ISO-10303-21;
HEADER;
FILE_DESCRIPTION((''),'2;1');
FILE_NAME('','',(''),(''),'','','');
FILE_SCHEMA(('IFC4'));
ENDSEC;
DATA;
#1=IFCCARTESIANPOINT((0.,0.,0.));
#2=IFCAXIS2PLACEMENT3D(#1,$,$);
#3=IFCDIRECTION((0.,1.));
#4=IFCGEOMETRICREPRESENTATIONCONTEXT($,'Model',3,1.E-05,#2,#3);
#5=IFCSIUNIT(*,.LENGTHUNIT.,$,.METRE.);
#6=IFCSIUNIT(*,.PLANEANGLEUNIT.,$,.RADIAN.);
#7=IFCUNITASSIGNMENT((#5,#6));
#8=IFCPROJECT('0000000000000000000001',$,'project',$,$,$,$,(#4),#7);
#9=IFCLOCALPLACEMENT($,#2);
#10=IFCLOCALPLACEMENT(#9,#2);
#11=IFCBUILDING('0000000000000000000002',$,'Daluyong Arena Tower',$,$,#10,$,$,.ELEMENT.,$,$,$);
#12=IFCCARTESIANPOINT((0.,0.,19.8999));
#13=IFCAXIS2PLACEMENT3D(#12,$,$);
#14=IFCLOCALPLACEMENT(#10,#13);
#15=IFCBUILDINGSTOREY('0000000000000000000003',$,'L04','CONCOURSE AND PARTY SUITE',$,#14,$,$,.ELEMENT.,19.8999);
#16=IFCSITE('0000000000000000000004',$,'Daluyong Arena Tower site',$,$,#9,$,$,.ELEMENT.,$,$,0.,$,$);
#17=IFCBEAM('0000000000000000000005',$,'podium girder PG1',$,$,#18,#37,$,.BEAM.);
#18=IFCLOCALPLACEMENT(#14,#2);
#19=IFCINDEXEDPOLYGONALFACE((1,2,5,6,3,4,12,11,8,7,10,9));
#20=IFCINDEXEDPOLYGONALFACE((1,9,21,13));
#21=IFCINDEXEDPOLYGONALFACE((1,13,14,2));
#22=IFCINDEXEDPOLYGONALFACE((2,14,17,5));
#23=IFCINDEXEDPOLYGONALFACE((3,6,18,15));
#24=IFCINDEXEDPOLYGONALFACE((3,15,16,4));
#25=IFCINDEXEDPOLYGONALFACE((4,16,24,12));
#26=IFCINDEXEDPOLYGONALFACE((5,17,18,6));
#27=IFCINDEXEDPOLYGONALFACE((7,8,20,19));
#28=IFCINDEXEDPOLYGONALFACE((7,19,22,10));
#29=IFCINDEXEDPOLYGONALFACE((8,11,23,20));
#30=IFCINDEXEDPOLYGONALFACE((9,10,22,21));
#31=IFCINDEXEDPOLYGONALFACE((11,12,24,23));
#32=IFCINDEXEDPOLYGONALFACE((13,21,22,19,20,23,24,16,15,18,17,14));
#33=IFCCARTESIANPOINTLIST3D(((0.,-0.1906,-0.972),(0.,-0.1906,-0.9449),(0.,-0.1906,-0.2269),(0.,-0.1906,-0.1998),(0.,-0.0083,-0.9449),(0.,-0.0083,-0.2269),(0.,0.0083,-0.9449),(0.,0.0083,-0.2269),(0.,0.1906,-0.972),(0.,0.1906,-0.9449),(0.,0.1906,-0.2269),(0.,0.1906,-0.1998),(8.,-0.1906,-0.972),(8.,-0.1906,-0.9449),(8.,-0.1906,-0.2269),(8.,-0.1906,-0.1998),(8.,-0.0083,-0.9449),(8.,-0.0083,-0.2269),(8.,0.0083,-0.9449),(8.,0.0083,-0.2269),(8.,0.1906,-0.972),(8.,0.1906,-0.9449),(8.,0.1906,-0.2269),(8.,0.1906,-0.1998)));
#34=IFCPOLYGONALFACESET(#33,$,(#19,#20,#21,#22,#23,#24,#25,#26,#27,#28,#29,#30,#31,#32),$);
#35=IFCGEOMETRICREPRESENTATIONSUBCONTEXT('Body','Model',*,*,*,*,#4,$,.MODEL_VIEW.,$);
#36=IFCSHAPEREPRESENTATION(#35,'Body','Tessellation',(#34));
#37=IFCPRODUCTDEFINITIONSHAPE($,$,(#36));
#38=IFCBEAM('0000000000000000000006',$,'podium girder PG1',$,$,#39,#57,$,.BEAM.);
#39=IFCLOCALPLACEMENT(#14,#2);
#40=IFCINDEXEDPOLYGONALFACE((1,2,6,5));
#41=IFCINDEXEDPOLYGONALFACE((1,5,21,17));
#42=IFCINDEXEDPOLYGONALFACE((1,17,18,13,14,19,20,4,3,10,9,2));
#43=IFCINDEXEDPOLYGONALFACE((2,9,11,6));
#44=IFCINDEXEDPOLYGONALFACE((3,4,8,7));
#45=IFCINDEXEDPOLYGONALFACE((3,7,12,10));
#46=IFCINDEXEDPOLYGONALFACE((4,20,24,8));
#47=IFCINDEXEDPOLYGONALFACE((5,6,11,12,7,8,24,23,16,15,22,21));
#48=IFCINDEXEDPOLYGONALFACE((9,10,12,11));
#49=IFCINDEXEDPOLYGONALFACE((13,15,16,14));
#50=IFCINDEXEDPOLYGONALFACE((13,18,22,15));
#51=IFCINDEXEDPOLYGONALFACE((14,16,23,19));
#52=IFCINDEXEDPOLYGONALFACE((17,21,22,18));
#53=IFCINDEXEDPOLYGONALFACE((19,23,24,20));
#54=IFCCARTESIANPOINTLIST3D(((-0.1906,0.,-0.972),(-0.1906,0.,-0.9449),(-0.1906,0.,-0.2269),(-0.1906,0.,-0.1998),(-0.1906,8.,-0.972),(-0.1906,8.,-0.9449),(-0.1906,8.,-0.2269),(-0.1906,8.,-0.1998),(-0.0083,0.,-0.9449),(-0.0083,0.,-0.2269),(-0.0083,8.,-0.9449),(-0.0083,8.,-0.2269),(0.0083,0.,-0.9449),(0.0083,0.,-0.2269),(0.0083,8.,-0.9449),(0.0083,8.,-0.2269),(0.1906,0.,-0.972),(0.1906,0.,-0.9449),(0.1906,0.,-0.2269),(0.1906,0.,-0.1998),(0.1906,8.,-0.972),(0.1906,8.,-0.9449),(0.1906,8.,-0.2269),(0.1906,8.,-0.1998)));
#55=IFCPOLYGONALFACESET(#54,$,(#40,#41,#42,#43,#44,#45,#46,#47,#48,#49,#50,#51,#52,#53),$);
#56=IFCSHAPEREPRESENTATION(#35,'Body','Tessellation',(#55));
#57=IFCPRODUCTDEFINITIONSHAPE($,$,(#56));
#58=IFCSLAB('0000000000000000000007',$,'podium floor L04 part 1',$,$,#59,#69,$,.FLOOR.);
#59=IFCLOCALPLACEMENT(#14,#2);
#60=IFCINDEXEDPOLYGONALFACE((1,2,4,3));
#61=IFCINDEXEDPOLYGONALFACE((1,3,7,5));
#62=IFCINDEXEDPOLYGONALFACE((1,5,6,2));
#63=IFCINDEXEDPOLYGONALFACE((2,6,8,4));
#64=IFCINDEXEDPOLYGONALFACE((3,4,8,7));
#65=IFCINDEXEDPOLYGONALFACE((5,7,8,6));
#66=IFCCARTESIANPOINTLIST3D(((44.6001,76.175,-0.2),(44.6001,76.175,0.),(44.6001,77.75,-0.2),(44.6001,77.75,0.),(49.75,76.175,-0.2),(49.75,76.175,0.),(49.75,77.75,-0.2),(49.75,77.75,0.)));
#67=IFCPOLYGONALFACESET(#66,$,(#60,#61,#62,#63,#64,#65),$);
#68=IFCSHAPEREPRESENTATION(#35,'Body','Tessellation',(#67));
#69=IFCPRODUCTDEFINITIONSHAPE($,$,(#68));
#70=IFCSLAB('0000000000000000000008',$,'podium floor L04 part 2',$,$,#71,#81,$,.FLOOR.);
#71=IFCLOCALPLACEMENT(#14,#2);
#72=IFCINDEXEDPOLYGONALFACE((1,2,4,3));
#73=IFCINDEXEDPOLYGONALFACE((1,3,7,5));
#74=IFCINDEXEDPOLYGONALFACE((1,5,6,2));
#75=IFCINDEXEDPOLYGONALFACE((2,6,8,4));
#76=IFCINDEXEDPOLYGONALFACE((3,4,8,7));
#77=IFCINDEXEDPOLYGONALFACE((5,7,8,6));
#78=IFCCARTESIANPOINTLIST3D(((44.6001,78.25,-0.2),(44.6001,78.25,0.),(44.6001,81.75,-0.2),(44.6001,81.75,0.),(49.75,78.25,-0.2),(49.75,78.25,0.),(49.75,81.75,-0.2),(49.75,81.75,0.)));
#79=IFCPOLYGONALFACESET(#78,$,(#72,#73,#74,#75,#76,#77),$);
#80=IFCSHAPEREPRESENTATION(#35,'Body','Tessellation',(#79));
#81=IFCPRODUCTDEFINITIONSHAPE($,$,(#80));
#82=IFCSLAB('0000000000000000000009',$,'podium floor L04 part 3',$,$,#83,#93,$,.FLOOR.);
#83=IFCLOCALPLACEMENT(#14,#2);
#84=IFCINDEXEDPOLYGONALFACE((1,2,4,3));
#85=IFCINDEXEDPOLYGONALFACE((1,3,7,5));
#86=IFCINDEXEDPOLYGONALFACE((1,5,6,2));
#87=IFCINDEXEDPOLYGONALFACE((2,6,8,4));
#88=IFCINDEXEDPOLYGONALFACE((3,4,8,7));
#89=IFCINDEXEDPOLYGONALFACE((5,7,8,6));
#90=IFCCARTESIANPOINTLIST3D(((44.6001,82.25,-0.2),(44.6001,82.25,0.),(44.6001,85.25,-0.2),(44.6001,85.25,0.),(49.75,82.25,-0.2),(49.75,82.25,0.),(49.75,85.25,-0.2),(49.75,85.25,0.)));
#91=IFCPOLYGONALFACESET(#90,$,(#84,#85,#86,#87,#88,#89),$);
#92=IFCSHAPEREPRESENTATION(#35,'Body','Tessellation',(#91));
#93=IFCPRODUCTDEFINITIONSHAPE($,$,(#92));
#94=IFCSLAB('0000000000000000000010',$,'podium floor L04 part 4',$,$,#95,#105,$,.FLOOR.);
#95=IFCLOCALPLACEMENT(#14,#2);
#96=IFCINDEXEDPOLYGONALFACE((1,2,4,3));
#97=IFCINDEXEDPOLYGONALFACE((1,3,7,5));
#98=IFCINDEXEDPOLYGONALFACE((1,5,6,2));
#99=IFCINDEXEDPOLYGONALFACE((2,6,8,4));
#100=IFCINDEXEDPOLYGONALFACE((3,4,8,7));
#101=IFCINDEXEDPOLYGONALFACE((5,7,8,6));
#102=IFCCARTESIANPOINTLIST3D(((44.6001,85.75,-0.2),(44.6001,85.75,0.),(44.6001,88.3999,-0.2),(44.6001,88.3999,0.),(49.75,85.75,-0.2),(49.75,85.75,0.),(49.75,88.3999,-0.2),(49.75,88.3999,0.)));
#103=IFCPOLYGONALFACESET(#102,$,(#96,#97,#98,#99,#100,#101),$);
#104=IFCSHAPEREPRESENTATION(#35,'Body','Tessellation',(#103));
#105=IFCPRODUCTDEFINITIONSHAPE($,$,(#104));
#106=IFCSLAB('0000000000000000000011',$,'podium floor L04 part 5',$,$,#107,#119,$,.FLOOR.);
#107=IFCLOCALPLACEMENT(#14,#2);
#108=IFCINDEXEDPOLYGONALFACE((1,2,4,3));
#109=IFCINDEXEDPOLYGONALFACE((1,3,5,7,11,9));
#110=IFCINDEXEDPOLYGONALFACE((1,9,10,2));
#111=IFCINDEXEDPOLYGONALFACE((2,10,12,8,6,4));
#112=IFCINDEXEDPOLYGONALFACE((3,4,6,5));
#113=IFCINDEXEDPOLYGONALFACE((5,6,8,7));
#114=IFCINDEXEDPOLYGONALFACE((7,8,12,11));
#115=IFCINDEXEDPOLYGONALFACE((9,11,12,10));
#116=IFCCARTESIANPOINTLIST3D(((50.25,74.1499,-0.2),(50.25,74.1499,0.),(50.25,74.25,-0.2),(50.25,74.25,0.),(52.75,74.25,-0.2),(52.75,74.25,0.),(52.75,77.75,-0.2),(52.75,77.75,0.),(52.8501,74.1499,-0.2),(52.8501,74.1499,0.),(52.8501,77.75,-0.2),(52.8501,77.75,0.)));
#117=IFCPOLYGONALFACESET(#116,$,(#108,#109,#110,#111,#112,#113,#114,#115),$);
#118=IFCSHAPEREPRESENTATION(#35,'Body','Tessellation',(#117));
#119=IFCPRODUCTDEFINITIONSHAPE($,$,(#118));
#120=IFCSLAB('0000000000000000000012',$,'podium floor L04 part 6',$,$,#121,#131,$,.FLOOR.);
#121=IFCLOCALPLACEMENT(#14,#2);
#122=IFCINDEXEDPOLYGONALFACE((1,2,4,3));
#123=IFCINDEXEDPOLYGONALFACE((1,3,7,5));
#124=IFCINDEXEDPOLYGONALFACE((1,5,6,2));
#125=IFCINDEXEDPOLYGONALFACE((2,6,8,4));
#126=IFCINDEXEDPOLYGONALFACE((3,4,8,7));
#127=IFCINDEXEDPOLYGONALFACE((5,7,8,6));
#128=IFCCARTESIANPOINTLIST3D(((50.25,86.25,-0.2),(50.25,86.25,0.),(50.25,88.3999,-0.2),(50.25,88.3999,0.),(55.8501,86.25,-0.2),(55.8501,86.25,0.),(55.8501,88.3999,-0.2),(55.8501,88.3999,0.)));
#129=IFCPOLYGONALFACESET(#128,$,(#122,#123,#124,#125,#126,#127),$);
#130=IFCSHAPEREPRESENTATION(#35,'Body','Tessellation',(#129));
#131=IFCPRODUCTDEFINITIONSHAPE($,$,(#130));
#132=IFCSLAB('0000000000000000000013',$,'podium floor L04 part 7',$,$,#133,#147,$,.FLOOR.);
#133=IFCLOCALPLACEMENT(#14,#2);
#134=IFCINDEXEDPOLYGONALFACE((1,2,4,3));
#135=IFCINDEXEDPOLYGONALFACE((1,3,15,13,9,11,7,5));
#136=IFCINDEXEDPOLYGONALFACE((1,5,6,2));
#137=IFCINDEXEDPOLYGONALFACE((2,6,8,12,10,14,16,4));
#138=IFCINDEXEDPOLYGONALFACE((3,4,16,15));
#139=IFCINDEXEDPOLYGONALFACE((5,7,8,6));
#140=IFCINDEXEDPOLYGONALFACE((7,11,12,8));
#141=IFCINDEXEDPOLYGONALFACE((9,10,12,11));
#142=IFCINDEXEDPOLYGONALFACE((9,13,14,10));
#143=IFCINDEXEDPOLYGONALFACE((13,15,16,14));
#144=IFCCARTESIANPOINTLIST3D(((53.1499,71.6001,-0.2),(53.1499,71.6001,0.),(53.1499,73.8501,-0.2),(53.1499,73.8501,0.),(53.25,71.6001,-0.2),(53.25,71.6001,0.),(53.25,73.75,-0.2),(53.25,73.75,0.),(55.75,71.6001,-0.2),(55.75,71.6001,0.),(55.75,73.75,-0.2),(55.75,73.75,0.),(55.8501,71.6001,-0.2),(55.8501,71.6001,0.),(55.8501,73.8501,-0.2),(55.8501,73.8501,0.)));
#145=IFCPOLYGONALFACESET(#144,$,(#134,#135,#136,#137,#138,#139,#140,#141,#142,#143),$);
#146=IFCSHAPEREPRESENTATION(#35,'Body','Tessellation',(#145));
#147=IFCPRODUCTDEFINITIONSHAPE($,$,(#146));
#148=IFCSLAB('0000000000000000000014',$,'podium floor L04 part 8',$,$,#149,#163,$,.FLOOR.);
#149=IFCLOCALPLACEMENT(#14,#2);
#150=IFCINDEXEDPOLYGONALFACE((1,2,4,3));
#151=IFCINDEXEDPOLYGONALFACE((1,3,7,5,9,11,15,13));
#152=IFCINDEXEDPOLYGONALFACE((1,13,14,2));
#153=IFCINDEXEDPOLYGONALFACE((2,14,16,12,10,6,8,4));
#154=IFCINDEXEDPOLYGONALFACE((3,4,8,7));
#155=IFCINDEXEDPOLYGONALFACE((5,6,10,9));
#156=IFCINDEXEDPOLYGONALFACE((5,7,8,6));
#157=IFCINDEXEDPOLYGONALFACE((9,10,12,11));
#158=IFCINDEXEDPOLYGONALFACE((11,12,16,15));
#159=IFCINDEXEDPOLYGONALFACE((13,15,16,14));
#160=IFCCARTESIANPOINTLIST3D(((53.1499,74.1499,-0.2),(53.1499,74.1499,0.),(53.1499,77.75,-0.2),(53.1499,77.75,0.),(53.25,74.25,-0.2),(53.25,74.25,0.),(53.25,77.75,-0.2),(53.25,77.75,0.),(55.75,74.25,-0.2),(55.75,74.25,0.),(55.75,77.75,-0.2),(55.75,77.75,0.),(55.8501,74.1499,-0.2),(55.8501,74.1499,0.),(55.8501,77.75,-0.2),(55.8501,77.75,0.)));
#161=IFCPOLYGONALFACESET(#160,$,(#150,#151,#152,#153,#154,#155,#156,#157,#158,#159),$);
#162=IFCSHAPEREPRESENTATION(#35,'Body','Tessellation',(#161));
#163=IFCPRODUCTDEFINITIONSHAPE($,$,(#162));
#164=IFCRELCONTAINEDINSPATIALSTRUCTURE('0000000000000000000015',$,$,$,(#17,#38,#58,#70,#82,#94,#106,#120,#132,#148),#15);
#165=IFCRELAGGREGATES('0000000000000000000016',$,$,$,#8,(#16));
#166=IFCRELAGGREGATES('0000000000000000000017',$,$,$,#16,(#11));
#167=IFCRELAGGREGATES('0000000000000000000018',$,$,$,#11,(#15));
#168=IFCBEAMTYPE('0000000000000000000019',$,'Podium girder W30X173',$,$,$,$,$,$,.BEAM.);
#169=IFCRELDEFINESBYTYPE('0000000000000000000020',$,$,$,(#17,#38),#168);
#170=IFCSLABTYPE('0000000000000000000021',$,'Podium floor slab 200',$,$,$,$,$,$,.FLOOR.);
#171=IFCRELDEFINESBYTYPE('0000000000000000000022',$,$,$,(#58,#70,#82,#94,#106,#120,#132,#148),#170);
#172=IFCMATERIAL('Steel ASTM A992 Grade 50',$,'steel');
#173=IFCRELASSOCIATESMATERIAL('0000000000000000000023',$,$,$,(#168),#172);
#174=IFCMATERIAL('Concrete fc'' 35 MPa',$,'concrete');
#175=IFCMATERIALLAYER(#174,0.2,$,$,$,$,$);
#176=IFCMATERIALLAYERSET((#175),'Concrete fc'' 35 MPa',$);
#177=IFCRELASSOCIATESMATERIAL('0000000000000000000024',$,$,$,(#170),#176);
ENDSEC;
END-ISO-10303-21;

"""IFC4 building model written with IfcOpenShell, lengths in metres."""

from ifc_helpers import new_model, si_unit, direction, frame, origin, origin_2d, place, context, subcontext, project, spatial, polyline, i_section, outline, extrude, material, layer, layer_set, material_profile, profile_set, type_object, element, save


model = new_model("IFC4")

# Units and contexts
model_context = context("Model", 3, precision=1e-05, world=origin(), true_north=direction((0.0, 1.0)))
body_context = subcontext(model_context, "Body", "Model", "MODEL_VIEW")
ifc_project = project(units=[si_unit("LENGTHUNIT", "METRE"), si_unit("PLANEANGLEUNIT", "RADIAN")], contexts=[model_context])

# Site, building, storey
site_placement = place(None, origin())
site = spatial("IfcSite", under=ifc_project, at=site_placement, Name="Daluyong Arena Tower site", CompositionType="ELEMENT", RefElevation=0.0)
building_placement = place(site_placement, origin())
building = spatial("IfcBuilding", under=site, at=building_placement, Name="Daluyong Arena Tower", CompositionType="ELEMENT")
storey_placement = place(building_placement, frame((0.0, 0.0, 19.8999)))
storey = spatial("IfcBuildingStorey", under=building, at=storey_placement, Name="L04", Description="CONCOURSE AND PARTY SUITE", CompositionType="ELEMENT", Elevation=19.8999)

# Beams
ifc_material_1 = material(Name="Steel ASTM A992 Grade 50", Category="steel")
ifc_material_profile = material_profile(ifc_material_1, i_section(OverallWidth=0.3811, OverallDepth=0.7722, WebThickness=0.0166, FlangeThickness=0.0271, at=origin_2d()))
ifc_profile_set = profile_set([ifc_material_profile], Name="Steel ASTM A992 Grade 50")
beam_type = type_object("IfcBeamType", Name="Podium girder W30X173", PredefinedType="BEAM", material=ifc_profile_set)
for number, where, z_axis, x_axis, name in (
    (1, (0.0, 0.0, -0.5859), (1.0, 0.0, 0.0), (0.0, 1.0, 0.0), "podium girder PG1"),
    (2, (0.0, 0.0, -0.5859), (0.0, 1.0, 0.0), (-1.0, 0.0, 0.0), "podium girder PG1"),
):
    element("IfcBeam", number, at=place(storey_placement, frame(where, z_axis=z_axis, x_axis=x_axis)), inside=storey, type_object=beam_type, Name=name, PredefinedType="BEAM", context=body_context, shape_type="SweptSolid", body=[
        extrude(i_section(OverallWidth=0.3811, OverallDepth=0.7722, WebThickness=0.0166, FlangeThickness=0.0271, at=origin_2d()), origin(), (0.0, 0.0, 1.0), 8.0),
    ])

# Slabs
ifc_material_2 = material(Name="Concrete fc' 35 MPa", Category="concrete")
ifc_layer = layer(ifc_material_2, 0.2)
ifc_layer_set = layer_set([ifc_layer], Name="Concrete fc' 35 MPa")
slab_type = type_object("IfcSlabType", Name="Podium floor slab 200", PredefinedType="FLOOR", material=ifc_layer_set)
slab_1_placement = place(storey_placement, frame((0.0, 0.0, -0.2)))
element("IfcSlab", 3, at=slab_1_placement, inside=storey, type_object=slab_type, Name="podium floor L04 part 1", PredefinedType="FLOOR", context=body_context, shape_type="SweptSolid", body=[
    extrude(outline(polyline([(49.75, 76.175), (49.75, 77.75), (44.6001, 77.75), (44.6001, 76.175), (49.75, 76.175)])), origin(), (0.0, 0.0, 1.0), 0.2),
])
slab_2_placement = place(storey_placement, frame((0.0, 0.0, -0.2)))
element("IfcSlab", 4, at=slab_2_placement, inside=storey, type_object=slab_type, Name="podium floor L04 part 2", PredefinedType="FLOOR", context=body_context, shape_type="SweptSolid", body=[
    extrude(outline(polyline([(49.75, 78.25), (49.75, 81.75), (44.6001, 81.75), (44.6001, 78.25), (49.75, 78.25)])), origin(), (0.0, 0.0, 1.0), 0.2),
])
slab_3_placement = place(storey_placement, frame((0.0, 0.0, -0.2)))
element("IfcSlab", 5, at=slab_3_placement, inside=storey, type_object=slab_type, Name="podium floor L04 part 3", PredefinedType="FLOOR", context=body_context, shape_type="SweptSolid", body=[
    extrude(outline(polyline([(49.75, 82.25), (49.75, 85.25), (44.6001, 85.25), (44.6001, 82.25), (49.75, 82.25)])), origin(), (0.0, 0.0, 1.0), 0.2),
])
slab_4_placement = place(storey_placement, frame((0.0, 0.0, -0.2)))
element("IfcSlab", 6, at=slab_4_placement, inside=storey, type_object=slab_type, Name="podium floor L04 part 4", PredefinedType="FLOOR", context=body_context, shape_type="SweptSolid", body=[
    extrude(outline(polyline([(44.6001, 88.3999), (44.6001, 85.75), (49.75, 85.75), (49.75, 88.3999), (44.6001, 88.3999)])), origin(), (0.0, 0.0, 1.0), 0.2),
])
slab_5_placement = place(storey_placement, frame((0.0, 0.0, -0.2)))
element("IfcSlab", 7, at=slab_5_placement, inside=storey, type_object=slab_type, Name="podium floor L04 part 5", PredefinedType="FLOOR", context=body_context, shape_type="SweptSolid", body=[
    extrude(outline(polyline([(50.25, 74.25), (50.25, 74.1499), (52.8501, 74.1499), (52.8501, 77.75), (52.75, 77.75), (52.75, 74.25), (50.25, 74.25)])), origin(), (0.0, 0.0, 1.0), 0.2),
])
slab_6_placement = place(storey_placement, frame((0.0, 0.0, -0.2)))
element("IfcSlab", 8, at=slab_6_placement, inside=storey, type_object=slab_type, Name="podium floor L04 part 6", PredefinedType="FLOOR", context=body_context, shape_type="SweptSolid", body=[
    extrude(outline(polyline([(50.25, 88.3999), (50.25, 86.25), (55.8501, 86.25), (55.8501, 88.3999), (50.25, 88.3999)])), origin(), (0.0, 0.0, 1.0), 0.2),
])
slab_7_placement = place(storey_placement, frame((0.0, 0.0, -0.2)))
element("IfcSlab", 9, at=slab_7_placement, inside=storey, type_object=slab_type, Name="podium floor L04 part 7", PredefinedType="FLOOR", context=body_context, shape_type="SweptSolid", body=[
    extrude(outline(polyline([(53.25, 73.75), (55.75, 73.75), (55.75, 71.6001), (55.8501, 71.6001), (55.8501, 73.8501), (53.1499, 73.8501), (53.1499, 71.6001), (53.25, 71.6001), (53.25, 73.75)])), origin(), (0.0, 0.0, 1.0), 0.2),
])
slab_8_placement = place(storey_placement, frame((0.0, 0.0, -0.2)))
element("IfcSlab", 10, at=slab_8_placement, inside=storey, type_object=slab_type, Name="podium floor L04 part 8", PredefinedType="FLOOR", context=body_context, shape_type="SweptSolid", body=[
    extrude(outline(polyline([(53.25, 74.25), (53.25, 77.75), (53.1499, 77.75), (53.1499, 74.1499), (55.8501, 74.1499), (55.8501, 77.75), (55.75, 77.75), (55.75, 74.25), (53.25, 74.25)])), origin(), (0.0, 0.0, 1.0), 0.2),
])

save(model, "model.ifc")
